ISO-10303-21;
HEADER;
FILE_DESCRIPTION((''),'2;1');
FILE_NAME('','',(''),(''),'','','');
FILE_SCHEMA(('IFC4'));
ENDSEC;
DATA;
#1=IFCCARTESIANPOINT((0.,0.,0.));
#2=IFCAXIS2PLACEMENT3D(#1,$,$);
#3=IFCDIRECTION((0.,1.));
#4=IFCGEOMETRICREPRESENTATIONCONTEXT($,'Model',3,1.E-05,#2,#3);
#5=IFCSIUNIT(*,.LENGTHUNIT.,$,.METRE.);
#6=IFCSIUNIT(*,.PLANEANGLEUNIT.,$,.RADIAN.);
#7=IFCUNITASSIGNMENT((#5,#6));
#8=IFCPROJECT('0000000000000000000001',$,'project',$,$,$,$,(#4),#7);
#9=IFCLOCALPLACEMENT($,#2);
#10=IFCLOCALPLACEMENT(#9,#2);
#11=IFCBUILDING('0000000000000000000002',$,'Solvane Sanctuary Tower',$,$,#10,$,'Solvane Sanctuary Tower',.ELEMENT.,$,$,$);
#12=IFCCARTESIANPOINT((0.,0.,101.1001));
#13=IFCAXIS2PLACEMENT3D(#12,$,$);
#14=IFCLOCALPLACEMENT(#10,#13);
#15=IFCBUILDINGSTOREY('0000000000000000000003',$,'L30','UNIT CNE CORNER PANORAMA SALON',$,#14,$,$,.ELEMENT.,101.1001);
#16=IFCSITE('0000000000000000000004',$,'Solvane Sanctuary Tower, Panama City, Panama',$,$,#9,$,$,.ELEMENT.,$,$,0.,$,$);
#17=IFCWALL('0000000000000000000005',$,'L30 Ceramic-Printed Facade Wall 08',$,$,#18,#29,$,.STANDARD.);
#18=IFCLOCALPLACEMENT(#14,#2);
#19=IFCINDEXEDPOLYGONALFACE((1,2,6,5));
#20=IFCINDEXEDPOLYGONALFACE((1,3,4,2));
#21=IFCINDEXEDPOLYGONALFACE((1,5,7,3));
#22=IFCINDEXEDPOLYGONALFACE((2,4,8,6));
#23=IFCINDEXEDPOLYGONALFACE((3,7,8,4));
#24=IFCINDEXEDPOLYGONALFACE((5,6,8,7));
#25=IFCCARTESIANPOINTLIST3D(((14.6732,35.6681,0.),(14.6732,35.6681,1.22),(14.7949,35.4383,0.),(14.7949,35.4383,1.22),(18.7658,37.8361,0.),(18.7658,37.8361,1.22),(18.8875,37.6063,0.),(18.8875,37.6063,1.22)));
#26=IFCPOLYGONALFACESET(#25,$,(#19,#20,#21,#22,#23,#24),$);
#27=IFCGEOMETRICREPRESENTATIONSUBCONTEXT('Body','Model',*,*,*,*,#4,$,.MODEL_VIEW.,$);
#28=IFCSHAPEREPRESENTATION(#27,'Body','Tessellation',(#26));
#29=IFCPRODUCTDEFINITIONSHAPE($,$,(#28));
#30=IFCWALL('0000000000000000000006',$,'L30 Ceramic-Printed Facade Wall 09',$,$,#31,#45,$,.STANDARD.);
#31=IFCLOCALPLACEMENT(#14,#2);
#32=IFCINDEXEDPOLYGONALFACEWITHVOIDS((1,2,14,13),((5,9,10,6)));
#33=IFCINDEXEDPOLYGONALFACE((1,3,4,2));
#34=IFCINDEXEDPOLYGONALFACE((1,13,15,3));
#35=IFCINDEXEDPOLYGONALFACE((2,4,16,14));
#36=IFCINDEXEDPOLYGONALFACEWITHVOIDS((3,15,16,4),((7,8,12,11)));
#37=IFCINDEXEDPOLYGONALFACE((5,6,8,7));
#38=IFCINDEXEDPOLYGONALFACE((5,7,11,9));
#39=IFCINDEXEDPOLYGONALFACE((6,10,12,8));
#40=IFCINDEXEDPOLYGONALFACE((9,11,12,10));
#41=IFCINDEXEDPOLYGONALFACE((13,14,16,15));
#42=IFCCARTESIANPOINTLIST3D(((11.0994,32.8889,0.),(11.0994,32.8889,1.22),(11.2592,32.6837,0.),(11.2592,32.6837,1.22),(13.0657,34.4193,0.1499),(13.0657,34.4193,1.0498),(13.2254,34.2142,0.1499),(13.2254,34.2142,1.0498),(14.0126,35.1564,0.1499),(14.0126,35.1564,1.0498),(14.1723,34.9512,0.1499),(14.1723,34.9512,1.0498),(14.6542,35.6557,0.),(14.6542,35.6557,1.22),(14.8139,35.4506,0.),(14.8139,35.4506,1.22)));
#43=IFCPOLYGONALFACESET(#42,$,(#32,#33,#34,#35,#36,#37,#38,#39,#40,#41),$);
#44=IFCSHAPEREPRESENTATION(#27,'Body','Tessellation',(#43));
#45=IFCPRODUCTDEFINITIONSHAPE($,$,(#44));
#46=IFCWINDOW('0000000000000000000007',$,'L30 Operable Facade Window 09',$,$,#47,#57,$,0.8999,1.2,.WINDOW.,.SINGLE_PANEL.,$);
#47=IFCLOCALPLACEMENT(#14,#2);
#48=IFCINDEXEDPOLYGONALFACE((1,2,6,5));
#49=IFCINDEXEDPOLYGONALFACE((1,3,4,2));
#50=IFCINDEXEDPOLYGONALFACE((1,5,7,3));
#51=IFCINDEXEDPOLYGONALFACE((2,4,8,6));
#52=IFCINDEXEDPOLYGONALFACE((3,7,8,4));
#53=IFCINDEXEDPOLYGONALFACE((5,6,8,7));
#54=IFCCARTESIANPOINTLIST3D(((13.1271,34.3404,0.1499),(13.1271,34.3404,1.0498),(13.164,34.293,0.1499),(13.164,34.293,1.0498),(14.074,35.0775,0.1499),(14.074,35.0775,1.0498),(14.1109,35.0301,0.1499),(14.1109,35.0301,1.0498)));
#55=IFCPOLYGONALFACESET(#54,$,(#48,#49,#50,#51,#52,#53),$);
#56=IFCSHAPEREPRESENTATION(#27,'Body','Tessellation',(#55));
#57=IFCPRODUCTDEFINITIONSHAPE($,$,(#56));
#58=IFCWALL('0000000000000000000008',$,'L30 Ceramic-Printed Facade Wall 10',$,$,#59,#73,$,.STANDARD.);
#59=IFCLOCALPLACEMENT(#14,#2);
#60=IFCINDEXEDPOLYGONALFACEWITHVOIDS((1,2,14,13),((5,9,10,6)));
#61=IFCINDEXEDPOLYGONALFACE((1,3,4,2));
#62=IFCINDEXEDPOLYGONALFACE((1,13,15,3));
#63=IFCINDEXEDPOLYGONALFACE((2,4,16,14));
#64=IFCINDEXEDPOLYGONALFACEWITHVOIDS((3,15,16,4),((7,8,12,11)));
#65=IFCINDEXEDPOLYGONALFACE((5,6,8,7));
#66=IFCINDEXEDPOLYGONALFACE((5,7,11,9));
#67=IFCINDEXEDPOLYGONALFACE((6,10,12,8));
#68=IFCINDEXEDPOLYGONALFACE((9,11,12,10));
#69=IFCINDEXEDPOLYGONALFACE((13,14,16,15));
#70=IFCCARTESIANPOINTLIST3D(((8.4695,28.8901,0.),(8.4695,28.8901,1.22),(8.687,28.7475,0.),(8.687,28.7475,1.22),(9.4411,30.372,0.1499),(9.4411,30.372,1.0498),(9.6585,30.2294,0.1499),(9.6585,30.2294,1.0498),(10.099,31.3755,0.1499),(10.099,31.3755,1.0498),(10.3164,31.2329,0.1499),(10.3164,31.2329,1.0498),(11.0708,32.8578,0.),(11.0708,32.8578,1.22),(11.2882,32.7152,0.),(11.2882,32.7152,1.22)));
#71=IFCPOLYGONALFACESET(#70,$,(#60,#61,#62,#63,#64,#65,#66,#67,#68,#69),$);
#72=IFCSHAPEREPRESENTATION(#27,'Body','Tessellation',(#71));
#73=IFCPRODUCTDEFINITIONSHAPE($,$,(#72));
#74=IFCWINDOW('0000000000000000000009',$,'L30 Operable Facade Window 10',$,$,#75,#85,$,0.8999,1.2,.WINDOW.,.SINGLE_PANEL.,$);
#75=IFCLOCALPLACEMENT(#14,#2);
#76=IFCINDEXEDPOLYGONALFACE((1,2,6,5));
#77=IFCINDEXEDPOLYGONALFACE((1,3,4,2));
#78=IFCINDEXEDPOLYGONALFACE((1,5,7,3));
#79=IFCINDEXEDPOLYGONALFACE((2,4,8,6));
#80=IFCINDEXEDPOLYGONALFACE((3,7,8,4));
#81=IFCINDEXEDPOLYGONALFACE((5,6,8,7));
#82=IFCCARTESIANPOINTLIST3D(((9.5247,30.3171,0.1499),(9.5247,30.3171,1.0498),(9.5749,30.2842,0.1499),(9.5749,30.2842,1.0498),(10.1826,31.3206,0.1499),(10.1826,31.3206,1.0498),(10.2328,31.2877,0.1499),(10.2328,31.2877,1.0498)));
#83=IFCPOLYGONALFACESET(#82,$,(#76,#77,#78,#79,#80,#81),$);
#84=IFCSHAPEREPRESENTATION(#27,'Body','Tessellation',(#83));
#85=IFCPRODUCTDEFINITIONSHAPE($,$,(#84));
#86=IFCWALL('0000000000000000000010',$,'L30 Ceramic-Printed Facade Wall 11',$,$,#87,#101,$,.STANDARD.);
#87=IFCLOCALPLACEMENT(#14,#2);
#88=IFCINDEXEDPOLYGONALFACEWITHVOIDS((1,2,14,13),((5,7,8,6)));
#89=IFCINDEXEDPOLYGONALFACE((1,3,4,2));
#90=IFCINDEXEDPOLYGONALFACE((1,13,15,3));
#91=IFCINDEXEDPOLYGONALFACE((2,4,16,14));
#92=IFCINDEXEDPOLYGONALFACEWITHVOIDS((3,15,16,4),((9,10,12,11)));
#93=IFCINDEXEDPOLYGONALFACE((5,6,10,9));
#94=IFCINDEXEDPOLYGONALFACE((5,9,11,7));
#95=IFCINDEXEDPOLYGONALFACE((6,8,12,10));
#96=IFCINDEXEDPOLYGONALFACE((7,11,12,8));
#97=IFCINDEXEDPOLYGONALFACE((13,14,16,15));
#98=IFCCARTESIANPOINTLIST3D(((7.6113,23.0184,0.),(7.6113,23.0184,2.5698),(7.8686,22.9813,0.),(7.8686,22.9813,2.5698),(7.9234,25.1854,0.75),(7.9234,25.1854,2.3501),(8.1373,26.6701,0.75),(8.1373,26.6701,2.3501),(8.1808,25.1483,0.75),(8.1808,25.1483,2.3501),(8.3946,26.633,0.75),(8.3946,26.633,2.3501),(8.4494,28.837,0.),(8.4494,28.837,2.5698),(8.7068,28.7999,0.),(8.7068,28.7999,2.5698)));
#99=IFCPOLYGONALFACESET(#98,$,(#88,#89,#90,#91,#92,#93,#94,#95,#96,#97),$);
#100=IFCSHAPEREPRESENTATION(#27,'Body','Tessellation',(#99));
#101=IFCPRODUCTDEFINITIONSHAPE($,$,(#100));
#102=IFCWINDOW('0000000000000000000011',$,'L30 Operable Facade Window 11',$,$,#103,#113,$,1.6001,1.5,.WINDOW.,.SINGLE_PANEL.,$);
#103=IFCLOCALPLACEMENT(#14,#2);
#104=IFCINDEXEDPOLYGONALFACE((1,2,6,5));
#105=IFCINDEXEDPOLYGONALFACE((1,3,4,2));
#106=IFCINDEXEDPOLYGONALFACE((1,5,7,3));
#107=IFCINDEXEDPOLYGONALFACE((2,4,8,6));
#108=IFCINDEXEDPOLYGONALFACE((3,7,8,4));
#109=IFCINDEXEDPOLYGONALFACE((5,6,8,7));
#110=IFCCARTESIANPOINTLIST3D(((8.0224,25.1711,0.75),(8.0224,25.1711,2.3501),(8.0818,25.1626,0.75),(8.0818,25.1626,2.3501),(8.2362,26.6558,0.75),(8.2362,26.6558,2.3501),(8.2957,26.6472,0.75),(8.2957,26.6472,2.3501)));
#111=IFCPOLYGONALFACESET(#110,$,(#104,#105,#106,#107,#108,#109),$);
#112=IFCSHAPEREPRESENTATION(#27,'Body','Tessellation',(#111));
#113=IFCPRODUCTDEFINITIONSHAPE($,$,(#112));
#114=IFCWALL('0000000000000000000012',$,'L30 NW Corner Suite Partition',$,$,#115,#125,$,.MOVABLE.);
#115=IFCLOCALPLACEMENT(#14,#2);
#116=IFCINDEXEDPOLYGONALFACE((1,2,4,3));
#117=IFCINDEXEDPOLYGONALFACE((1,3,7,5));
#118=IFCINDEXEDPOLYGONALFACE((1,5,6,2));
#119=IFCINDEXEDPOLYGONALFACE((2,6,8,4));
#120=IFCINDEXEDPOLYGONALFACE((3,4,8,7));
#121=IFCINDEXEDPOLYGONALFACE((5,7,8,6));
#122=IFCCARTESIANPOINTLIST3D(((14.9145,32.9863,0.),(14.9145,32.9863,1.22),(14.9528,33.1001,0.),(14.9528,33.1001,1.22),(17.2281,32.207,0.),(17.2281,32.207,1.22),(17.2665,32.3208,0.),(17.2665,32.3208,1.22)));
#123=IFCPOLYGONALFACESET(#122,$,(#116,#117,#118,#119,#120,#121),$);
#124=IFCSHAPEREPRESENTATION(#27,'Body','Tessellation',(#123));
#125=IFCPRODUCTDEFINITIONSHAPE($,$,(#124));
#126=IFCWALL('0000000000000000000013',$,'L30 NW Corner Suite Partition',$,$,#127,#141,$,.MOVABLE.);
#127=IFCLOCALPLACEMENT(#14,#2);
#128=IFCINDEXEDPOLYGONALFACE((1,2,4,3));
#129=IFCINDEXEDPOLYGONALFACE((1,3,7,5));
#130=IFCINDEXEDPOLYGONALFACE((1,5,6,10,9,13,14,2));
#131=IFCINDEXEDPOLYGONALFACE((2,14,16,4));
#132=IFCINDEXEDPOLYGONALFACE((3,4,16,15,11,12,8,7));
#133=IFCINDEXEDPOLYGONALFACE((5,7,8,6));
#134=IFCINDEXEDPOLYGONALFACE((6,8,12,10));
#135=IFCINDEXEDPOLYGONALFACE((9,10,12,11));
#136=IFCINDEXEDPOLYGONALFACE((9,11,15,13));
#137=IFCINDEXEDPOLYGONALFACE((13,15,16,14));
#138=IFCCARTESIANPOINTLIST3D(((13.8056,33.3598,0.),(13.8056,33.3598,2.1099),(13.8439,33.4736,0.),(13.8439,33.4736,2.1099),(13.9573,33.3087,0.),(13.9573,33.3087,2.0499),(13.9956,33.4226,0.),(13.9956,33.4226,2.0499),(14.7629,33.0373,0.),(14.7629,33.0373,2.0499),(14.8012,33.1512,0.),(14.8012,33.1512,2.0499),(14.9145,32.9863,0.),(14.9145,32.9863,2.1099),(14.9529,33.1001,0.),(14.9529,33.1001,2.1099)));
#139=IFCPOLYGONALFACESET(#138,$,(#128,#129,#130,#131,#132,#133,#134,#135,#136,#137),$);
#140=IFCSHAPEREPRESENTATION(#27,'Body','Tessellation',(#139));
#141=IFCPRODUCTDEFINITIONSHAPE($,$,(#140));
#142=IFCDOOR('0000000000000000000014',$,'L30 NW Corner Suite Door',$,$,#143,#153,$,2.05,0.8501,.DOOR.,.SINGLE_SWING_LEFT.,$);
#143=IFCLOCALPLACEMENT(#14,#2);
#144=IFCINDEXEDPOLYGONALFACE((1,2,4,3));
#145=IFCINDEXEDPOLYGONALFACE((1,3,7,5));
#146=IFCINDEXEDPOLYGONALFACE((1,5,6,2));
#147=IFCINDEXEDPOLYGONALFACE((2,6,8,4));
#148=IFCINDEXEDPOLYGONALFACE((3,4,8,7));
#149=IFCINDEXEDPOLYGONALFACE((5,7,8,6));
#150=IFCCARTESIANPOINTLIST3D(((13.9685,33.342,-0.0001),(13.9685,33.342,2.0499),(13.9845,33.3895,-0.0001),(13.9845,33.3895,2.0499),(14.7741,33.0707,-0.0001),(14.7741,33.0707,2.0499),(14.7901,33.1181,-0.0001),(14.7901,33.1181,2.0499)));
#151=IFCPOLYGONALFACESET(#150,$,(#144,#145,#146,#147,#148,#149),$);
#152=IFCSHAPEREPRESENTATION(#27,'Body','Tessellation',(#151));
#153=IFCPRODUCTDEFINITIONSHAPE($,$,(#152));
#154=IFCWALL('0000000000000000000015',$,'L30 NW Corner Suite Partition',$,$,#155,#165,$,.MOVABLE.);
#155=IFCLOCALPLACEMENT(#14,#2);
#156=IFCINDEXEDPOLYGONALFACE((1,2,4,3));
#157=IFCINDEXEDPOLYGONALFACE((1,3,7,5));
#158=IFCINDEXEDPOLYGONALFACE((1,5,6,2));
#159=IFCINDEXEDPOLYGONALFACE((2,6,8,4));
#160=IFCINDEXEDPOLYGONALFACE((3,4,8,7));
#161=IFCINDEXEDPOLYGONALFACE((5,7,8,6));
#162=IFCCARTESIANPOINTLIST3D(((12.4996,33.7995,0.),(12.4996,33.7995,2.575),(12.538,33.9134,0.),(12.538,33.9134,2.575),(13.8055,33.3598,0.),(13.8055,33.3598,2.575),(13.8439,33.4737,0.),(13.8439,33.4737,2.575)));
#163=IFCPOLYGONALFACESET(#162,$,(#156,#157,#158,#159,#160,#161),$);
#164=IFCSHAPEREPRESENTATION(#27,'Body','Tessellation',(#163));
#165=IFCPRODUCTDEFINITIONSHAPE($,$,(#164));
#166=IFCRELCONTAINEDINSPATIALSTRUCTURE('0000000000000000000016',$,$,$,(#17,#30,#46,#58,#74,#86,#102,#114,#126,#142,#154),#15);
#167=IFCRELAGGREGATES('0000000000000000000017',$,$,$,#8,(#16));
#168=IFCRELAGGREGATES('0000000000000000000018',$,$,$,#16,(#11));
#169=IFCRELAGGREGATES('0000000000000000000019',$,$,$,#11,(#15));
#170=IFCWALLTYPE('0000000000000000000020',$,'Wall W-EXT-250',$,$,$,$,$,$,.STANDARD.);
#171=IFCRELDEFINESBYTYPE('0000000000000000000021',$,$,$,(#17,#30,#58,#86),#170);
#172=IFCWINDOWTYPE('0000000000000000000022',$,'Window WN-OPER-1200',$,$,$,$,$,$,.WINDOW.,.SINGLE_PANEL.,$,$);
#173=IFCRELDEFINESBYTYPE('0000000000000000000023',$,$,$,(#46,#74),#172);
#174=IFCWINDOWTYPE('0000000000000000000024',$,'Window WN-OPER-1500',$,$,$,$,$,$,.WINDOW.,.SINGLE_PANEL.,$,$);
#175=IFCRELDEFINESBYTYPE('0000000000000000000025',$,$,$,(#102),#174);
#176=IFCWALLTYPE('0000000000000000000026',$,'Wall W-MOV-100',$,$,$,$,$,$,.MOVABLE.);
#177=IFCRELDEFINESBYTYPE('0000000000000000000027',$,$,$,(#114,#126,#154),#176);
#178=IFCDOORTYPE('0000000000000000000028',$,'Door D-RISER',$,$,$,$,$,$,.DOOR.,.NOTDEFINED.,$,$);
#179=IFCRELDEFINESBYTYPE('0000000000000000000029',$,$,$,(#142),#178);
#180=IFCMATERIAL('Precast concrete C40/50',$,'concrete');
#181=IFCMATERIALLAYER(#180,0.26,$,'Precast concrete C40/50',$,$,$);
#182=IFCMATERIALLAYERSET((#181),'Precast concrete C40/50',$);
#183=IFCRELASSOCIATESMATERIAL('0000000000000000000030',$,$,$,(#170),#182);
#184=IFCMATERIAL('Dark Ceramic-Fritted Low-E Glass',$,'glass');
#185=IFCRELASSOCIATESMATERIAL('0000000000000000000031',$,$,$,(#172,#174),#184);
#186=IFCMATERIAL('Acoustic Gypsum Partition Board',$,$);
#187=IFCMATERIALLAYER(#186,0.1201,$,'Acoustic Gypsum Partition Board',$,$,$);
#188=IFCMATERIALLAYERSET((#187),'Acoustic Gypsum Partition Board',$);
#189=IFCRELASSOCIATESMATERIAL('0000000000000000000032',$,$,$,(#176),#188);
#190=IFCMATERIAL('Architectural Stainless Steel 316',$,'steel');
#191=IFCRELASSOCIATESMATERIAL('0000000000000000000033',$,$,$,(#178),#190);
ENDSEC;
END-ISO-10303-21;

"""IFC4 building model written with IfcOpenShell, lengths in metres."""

from ifc_helpers import new_model, si_unit, direction, frame, frame_2d, origin, place, context, subcontext, project, spatial, rectangle, extrude, material, layer, layer_set, type_object, element, fill, save


model = new_model("IFC4")

# Units and contexts
model_context = context("Model", 3, precision=1e-05, world=origin(), true_north=direction((0.0, 1.0)))
body_context = subcontext(model_context, "Body", "Model", "MODEL_VIEW")
ifc_project = project(units=[si_unit("LENGTHUNIT", "METRE"), si_unit("PLANEANGLEUNIT", "RADIAN")], contexts=[model_context])

# Site, building, storey
site_placement = place(None, origin())
site = spatial("IfcSite", under=ifc_project, at=site_placement, Name="Solvane Sanctuary Tower, Panama City, Panama", CompositionType="ELEMENT", RefElevation=0.0)
building_placement = place(site_placement, origin())
building = spatial("IfcBuilding", under=site, at=building_placement, Name="Solvane Sanctuary Tower", LongName="Solvane Sanctuary Tower", CompositionType="ELEMENT")
storey_placement = place(building_placement, frame((0.0, 0.0, 101.1001)))
storey = spatial("IfcBuildingStorey", under=building, at=storey_placement, Name="L30", Description="UNIT CNE CORNER PANORAMA SALON", CompositionType="ELEMENT", Elevation=101.1001)

# Shared definitions
ifc_material_1 = material(Name="Acoustic Gypsum Partition Board")

# Wall
ifc_material_2 = material(Name="Precast concrete C40/50", Category="concrete")
ifc_layer_1 = layer(ifc_material_2, 0.26, Name="Precast concrete C40/50")
ifc_layer_set_1 = layer_set([ifc_layer_1], Name="Precast concrete C40/50")
wall_type_1 = type_object("IfcWallType", Name="Wall W-EXT-250", PredefinedType="STANDARD", material=ifc_layer_set_1)
wall_1_placement = place(storey_placement, frame((18.8267, 37.7212, 0.0), z_axis=(0.0, 0.0, 1.0), x_axis=(-0.883669, -0.468113, 0.0)))
element("IfcWall", 1, at=wall_1_placement, inside=storey, type_object=wall_type_1, Name="L30 Ceramic-Printed Facade Wall 08", PredefinedType="STANDARD", context=body_context, shape_type="SweptSolid", body=[
    extrude(rectangle(XDim=4.6313, YDim=0.26, at=frame_2d((2.3157, 0.0))), origin(), (0.0, 0.0, 1.0), 1.22),
])

# Walls, openings, windows
wall_2_placement = place(storey_placement, frame((14.7341, 35.5532, 0.0), z_axis=(0.0, 0.0, 1.0), x_axis=(-0.789127, -0.614229, 0.0)))
wall_2 = element("IfcWall", 2, at=wall_2_placement, inside=storey, type_object=wall_type_1, Name="L30 Ceramic-Printed Facade Wall 09", PredefinedType="STANDARD", context=body_context, shape_type="SweptSolid", body=[
    extrude(rectangle(XDim=4.5046, YDim=0.26, at=frame_2d((2.2524, 0.0))), origin(), (0.0, 0.0, 1.0), 1.22),
])
opening_1_placement = place(wall_2_placement, frame((0.813, 0.0, 0.1499)))
opening_1 = element("IfcOpeningElement", 3, at=opening_1_placement, cuts=wall_2, PredefinedType="OPENING", context=body_context, shape_type="SweptSolid", body=[
    extrude(rectangle(XDim=1.2, YDim=0.8999, at=frame_2d((0.6001, 0.45))), frame((0.0, 0.1399, 0.0), z_axis=(0.0, -1.0, 0.0), x_axis=(1.0, 0.0, 0.0)), (0.0, 0.0, 1.0), 0.28),
])
ifc_material_3 = material(Name="Dark Ceramic-Fritted Low-E Glass", Category="glass")
window_type_1 = type_object("IfcWindowType", Name="Window WN-OPER-1200", PartitioningType="SINGLE_PANEL", PredefinedType="WINDOW", material=ifc_material_3)
window_1_placement = place(opening_1_placement, origin())
window_1 = element("IfcWindow", 4, at=window_1_placement, inside=storey, type_object=window_type_1, Name="L30 Operable Facade Window 09", OverallHeight=0.8999, OverallWidth=1.2, PartitioningType="SINGLE_PANEL", PredefinedType="WINDOW", context=body_context, shape_type="SweptSolid", body=[
    extrude(rectangle(XDim=1.2, YDim=0.8999, at=frame_2d((0.6001, 0.45))), frame((0.0, 0.03, 0.0), z_axis=(0.0, -1.0, 0.0), x_axis=(1.0, 0.0, 0.0)), (0.0, 0.0, 1.0), 0.0601),
])
fill(opening_1, window_1)
wall_3_placement = place(storey_placement, frame((11.1794, 32.7864, 0.0), z_axis=(0.0, 0.0, 1.0), x_axis=(-0.548283, -0.836293, 0.0)))
wall_3 = element("IfcWall", 5, at=wall_3_placement, inside=storey, type_object=wall_type_1, Name="L30 Ceramic-Printed Facade Wall 10", PredefinedType="STANDARD", context=body_context, shape_type="SweptSolid", body=[
    extrude(rectangle(XDim=4.7444, YDim=0.26, at=frame_2d((2.3721, 0.0))), origin(), (0.0, 0.0, 1.0), 1.22),
])
opening_2_placement = place(wall_3_placement, frame((1.7722, 0.0, 0.1499)))
opening_2 = element("IfcOpeningElement", 6, at=opening_2_placement, cuts=wall_3, PredefinedType="OPENING", context=body_context, shape_type="SweptSolid", body=[
    extrude(rectangle(XDim=1.2, YDim=0.8999, at=frame_2d((0.6001, 0.45))), frame((0.0, 0.1399, 0.0), z_axis=(0.0, -1.0, 0.0), x_axis=(1.0, 0.0, 0.0)), (0.0, 0.0, 1.0), 0.28),
])
window_2_placement = place(opening_2_placement, origin())
window_2 = element("IfcWindow", 7, at=window_2_placement, inside=storey, type_object=window_type_1, Name="L30 Operable Facade Window 10", OverallHeight=0.8999, OverallWidth=1.2, PartitioningType="SINGLE_PANEL", PredefinedType="WINDOW", context=body_context, shape_type="SweptSolid", body=[
    extrude(rectangle(XDim=1.2, YDim=0.8999, at=frame_2d((0.6001, 0.45))), frame((0.0, 0.03, 0.0), z_axis=(0.0, -1.0, 0.0), x_axis=(1.0, 0.0, 0.0)), (0.0, 0.0, 1.0), 0.0601),
])
fill(opening_2, window_2)
wall_4_placement = place(storey_placement, frame((8.5781, 28.8186, 0.0), z_axis=(0.0, 0.0, 1.0), x_axis=(-0.142572, -0.989784, 0.0)))
wall_4 = element("IfcWall", 8, at=wall_4_placement, inside=storey, type_object=wall_type_1, Name="L30 Ceramic-Printed Facade Wall 11", PredefinedType="STANDARD", context=body_context, shape_type="SweptSolid", body=[
    extrude(rectangle(XDim=5.8787, YDim=0.26, at=frame_2d((2.9395, 0.0))), origin(), (0.0, 0.0, 1.0), 2.5698),
])
opening_3_placement = place(wall_4_placement, frame((2.1895, 0.0, 0.75)))
opening_3 = element("IfcOpeningElement", 9, at=opening_3_placement, cuts=wall_4, PredefinedType="OPENING", context=body_context, shape_type="SweptSolid", body=[
    extrude(rectangle(XDim=1.5, YDim=1.6001, at=frame_2d((0.75, 0.8))), frame((0.0, 0.1399, 0.0), z_axis=(0.0, -1.0, 0.0), x_axis=(1.0, 0.0, 0.0)), (0.0, 0.0, 1.0), 0.28),
])
window_type_2 = type_object("IfcWindowType", Name="Window WN-OPER-1500", PartitioningType="SINGLE_PANEL", PredefinedType="WINDOW", material=ifc_material_3)
window_3_placement = place(opening_3_placement, origin())
window_3 = element("IfcWindow", 10, at=window_3_placement, inside=storey, type_object=window_type_2, Name="L30 Operable Facade Window 11", OverallHeight=1.6001, OverallWidth=1.5, PartitioningType="SINGLE_PANEL", PredefinedType="WINDOW", context=body_context, shape_type="SweptSolid", body=[
    extrude(rectangle(XDim=1.5, YDim=1.6001, at=frame_2d((0.75, 0.8))), frame((0.0, 0.03, 0.0), z_axis=(0.0, -1.0, 0.0), x_axis=(1.0, 0.0, 0.0)), (0.0, 0.0, 1.0), 0.0601),
])
fill(opening_3, window_3)

# Wall
ifc_layer_2 = layer(ifc_material_1, 0.1201, Name="Acoustic Gypsum Partition Board")
ifc_layer_set_2 = layer_set([ifc_layer_2], Name="Acoustic Gypsum Partition Board")
wall_type_2 = type_object("IfcWallType", Name="Wall W-MOV-100", PredefinedType="MOVABLE", material=ifc_layer_set_2)
wall_5_placement = place(storey_placement, frame((17.2473, 32.2639, 0.0), z_axis=(0.0, 0.0, 1.0), x_axis=(-0.947689, 0.319196, 0.0)))
element("IfcWall", 11, at=wall_5_placement, inside=storey, type_object=wall_type_2, Name="L30 NW Corner Suite Partition", PredefinedType="MOVABLE", context=body_context, shape_type="SweptSolid", body=[
    extrude(rectangle(XDim=2.4414, YDim=0.1201, at=frame_2d((1.2207, 0.0))), origin(), (0.0, 0.0, 1.0), 1.22),
])

# Wall, opening, door
wall_6_placement = place(storey_placement, frame((14.9336, 33.0432, 0.0), z_axis=(0.0, 0.0, 1.0), x_axis=(-0.947677, 0.319231, 0.0)))
wall_6 = element("IfcWall", 12, at=wall_6_placement, inside=storey, type_object=wall_type_2, Name="L30 NW Corner Suite Partition", PredefinedType="MOVABLE", context=body_context, shape_type="SweptSolid", body=[
    extrude(rectangle(XDim=1.1702, YDim=0.1201, at=frame_2d((0.585, 0.0))), origin(), (0.0, 0.0, 1.0), 2.1099),
])
opening_4_placement = place(wall_6_placement, frame((0.1599, 0.0, 0.0)))
opening_4 = element("IfcOpeningElement", 13, at=opening_4_placement, cuts=wall_6, PredefinedType="OPENING", context=body_context, shape_type="SweptSolid", body=[
    extrude(rectangle(XDim=0.8501, YDim=2.05, at=frame_2d((0.425, 1.0249))), frame((0.0, 0.0701, 0.0), z_axis=(0.0, -1.0, 0.0), x_axis=(1.0, 0.0, 0.0)), (0.0, 0.0, 1.0), 0.1401),
])
ifc_material_4 = material(Name="Architectural Stainless Steel 316", Category="steel")
door_type_1 = type_object("IfcDoorType", Name="Door D-RISER", OperationType="NOTDEFINED", PredefinedType="DOOR", material=ifc_material_4)
door_1_placement = place(opening_4_placement, origin())
door_1 = element("IfcDoor", 14, at=door_1_placement, inside=storey, type_object=door_type_1, Name="L30 NW Corner Suite Door", OperationType="SINGLE_SWING_LEFT", OverallHeight=2.05, OverallWidth=0.8501, PredefinedType="DOOR", context=body_context, shape_type="SweptSolid", body=[
    extrude(rectangle(XDim=0.8501, YDim=2.05, at=frame_2d((0.425, 1.0249))), frame((0.0, 0.0249, 0.0), z_axis=(0.0, -1.0, 0.0), x_axis=(1.0, 0.0, 0.0)), (0.0, 0.0, 1.0), 0.05),
])
fill(opening_4, door_1)

# Wall
wall_7_placement = place(storey_placement, frame((13.8247, 33.4167, 0.0), z_axis=(0.0, 0.0, 1.0), x_axis=(-0.947722, 0.319097, 0.0)))
element("IfcWall", 15, at=wall_7_placement, inside=storey, type_object=wall_type_2, Name="L30 NW Corner Suite Partition", PredefinedType="MOVABLE", context=body_context, shape_type="SweptSolid", body=[
    extrude(rectangle(XDim=1.3779, YDim=0.1201, at=frame_2d((0.689, 0.0))), origin(), (0.0, 0.0, 1.0), 2.575),
])

save(model, "model.ifc")
